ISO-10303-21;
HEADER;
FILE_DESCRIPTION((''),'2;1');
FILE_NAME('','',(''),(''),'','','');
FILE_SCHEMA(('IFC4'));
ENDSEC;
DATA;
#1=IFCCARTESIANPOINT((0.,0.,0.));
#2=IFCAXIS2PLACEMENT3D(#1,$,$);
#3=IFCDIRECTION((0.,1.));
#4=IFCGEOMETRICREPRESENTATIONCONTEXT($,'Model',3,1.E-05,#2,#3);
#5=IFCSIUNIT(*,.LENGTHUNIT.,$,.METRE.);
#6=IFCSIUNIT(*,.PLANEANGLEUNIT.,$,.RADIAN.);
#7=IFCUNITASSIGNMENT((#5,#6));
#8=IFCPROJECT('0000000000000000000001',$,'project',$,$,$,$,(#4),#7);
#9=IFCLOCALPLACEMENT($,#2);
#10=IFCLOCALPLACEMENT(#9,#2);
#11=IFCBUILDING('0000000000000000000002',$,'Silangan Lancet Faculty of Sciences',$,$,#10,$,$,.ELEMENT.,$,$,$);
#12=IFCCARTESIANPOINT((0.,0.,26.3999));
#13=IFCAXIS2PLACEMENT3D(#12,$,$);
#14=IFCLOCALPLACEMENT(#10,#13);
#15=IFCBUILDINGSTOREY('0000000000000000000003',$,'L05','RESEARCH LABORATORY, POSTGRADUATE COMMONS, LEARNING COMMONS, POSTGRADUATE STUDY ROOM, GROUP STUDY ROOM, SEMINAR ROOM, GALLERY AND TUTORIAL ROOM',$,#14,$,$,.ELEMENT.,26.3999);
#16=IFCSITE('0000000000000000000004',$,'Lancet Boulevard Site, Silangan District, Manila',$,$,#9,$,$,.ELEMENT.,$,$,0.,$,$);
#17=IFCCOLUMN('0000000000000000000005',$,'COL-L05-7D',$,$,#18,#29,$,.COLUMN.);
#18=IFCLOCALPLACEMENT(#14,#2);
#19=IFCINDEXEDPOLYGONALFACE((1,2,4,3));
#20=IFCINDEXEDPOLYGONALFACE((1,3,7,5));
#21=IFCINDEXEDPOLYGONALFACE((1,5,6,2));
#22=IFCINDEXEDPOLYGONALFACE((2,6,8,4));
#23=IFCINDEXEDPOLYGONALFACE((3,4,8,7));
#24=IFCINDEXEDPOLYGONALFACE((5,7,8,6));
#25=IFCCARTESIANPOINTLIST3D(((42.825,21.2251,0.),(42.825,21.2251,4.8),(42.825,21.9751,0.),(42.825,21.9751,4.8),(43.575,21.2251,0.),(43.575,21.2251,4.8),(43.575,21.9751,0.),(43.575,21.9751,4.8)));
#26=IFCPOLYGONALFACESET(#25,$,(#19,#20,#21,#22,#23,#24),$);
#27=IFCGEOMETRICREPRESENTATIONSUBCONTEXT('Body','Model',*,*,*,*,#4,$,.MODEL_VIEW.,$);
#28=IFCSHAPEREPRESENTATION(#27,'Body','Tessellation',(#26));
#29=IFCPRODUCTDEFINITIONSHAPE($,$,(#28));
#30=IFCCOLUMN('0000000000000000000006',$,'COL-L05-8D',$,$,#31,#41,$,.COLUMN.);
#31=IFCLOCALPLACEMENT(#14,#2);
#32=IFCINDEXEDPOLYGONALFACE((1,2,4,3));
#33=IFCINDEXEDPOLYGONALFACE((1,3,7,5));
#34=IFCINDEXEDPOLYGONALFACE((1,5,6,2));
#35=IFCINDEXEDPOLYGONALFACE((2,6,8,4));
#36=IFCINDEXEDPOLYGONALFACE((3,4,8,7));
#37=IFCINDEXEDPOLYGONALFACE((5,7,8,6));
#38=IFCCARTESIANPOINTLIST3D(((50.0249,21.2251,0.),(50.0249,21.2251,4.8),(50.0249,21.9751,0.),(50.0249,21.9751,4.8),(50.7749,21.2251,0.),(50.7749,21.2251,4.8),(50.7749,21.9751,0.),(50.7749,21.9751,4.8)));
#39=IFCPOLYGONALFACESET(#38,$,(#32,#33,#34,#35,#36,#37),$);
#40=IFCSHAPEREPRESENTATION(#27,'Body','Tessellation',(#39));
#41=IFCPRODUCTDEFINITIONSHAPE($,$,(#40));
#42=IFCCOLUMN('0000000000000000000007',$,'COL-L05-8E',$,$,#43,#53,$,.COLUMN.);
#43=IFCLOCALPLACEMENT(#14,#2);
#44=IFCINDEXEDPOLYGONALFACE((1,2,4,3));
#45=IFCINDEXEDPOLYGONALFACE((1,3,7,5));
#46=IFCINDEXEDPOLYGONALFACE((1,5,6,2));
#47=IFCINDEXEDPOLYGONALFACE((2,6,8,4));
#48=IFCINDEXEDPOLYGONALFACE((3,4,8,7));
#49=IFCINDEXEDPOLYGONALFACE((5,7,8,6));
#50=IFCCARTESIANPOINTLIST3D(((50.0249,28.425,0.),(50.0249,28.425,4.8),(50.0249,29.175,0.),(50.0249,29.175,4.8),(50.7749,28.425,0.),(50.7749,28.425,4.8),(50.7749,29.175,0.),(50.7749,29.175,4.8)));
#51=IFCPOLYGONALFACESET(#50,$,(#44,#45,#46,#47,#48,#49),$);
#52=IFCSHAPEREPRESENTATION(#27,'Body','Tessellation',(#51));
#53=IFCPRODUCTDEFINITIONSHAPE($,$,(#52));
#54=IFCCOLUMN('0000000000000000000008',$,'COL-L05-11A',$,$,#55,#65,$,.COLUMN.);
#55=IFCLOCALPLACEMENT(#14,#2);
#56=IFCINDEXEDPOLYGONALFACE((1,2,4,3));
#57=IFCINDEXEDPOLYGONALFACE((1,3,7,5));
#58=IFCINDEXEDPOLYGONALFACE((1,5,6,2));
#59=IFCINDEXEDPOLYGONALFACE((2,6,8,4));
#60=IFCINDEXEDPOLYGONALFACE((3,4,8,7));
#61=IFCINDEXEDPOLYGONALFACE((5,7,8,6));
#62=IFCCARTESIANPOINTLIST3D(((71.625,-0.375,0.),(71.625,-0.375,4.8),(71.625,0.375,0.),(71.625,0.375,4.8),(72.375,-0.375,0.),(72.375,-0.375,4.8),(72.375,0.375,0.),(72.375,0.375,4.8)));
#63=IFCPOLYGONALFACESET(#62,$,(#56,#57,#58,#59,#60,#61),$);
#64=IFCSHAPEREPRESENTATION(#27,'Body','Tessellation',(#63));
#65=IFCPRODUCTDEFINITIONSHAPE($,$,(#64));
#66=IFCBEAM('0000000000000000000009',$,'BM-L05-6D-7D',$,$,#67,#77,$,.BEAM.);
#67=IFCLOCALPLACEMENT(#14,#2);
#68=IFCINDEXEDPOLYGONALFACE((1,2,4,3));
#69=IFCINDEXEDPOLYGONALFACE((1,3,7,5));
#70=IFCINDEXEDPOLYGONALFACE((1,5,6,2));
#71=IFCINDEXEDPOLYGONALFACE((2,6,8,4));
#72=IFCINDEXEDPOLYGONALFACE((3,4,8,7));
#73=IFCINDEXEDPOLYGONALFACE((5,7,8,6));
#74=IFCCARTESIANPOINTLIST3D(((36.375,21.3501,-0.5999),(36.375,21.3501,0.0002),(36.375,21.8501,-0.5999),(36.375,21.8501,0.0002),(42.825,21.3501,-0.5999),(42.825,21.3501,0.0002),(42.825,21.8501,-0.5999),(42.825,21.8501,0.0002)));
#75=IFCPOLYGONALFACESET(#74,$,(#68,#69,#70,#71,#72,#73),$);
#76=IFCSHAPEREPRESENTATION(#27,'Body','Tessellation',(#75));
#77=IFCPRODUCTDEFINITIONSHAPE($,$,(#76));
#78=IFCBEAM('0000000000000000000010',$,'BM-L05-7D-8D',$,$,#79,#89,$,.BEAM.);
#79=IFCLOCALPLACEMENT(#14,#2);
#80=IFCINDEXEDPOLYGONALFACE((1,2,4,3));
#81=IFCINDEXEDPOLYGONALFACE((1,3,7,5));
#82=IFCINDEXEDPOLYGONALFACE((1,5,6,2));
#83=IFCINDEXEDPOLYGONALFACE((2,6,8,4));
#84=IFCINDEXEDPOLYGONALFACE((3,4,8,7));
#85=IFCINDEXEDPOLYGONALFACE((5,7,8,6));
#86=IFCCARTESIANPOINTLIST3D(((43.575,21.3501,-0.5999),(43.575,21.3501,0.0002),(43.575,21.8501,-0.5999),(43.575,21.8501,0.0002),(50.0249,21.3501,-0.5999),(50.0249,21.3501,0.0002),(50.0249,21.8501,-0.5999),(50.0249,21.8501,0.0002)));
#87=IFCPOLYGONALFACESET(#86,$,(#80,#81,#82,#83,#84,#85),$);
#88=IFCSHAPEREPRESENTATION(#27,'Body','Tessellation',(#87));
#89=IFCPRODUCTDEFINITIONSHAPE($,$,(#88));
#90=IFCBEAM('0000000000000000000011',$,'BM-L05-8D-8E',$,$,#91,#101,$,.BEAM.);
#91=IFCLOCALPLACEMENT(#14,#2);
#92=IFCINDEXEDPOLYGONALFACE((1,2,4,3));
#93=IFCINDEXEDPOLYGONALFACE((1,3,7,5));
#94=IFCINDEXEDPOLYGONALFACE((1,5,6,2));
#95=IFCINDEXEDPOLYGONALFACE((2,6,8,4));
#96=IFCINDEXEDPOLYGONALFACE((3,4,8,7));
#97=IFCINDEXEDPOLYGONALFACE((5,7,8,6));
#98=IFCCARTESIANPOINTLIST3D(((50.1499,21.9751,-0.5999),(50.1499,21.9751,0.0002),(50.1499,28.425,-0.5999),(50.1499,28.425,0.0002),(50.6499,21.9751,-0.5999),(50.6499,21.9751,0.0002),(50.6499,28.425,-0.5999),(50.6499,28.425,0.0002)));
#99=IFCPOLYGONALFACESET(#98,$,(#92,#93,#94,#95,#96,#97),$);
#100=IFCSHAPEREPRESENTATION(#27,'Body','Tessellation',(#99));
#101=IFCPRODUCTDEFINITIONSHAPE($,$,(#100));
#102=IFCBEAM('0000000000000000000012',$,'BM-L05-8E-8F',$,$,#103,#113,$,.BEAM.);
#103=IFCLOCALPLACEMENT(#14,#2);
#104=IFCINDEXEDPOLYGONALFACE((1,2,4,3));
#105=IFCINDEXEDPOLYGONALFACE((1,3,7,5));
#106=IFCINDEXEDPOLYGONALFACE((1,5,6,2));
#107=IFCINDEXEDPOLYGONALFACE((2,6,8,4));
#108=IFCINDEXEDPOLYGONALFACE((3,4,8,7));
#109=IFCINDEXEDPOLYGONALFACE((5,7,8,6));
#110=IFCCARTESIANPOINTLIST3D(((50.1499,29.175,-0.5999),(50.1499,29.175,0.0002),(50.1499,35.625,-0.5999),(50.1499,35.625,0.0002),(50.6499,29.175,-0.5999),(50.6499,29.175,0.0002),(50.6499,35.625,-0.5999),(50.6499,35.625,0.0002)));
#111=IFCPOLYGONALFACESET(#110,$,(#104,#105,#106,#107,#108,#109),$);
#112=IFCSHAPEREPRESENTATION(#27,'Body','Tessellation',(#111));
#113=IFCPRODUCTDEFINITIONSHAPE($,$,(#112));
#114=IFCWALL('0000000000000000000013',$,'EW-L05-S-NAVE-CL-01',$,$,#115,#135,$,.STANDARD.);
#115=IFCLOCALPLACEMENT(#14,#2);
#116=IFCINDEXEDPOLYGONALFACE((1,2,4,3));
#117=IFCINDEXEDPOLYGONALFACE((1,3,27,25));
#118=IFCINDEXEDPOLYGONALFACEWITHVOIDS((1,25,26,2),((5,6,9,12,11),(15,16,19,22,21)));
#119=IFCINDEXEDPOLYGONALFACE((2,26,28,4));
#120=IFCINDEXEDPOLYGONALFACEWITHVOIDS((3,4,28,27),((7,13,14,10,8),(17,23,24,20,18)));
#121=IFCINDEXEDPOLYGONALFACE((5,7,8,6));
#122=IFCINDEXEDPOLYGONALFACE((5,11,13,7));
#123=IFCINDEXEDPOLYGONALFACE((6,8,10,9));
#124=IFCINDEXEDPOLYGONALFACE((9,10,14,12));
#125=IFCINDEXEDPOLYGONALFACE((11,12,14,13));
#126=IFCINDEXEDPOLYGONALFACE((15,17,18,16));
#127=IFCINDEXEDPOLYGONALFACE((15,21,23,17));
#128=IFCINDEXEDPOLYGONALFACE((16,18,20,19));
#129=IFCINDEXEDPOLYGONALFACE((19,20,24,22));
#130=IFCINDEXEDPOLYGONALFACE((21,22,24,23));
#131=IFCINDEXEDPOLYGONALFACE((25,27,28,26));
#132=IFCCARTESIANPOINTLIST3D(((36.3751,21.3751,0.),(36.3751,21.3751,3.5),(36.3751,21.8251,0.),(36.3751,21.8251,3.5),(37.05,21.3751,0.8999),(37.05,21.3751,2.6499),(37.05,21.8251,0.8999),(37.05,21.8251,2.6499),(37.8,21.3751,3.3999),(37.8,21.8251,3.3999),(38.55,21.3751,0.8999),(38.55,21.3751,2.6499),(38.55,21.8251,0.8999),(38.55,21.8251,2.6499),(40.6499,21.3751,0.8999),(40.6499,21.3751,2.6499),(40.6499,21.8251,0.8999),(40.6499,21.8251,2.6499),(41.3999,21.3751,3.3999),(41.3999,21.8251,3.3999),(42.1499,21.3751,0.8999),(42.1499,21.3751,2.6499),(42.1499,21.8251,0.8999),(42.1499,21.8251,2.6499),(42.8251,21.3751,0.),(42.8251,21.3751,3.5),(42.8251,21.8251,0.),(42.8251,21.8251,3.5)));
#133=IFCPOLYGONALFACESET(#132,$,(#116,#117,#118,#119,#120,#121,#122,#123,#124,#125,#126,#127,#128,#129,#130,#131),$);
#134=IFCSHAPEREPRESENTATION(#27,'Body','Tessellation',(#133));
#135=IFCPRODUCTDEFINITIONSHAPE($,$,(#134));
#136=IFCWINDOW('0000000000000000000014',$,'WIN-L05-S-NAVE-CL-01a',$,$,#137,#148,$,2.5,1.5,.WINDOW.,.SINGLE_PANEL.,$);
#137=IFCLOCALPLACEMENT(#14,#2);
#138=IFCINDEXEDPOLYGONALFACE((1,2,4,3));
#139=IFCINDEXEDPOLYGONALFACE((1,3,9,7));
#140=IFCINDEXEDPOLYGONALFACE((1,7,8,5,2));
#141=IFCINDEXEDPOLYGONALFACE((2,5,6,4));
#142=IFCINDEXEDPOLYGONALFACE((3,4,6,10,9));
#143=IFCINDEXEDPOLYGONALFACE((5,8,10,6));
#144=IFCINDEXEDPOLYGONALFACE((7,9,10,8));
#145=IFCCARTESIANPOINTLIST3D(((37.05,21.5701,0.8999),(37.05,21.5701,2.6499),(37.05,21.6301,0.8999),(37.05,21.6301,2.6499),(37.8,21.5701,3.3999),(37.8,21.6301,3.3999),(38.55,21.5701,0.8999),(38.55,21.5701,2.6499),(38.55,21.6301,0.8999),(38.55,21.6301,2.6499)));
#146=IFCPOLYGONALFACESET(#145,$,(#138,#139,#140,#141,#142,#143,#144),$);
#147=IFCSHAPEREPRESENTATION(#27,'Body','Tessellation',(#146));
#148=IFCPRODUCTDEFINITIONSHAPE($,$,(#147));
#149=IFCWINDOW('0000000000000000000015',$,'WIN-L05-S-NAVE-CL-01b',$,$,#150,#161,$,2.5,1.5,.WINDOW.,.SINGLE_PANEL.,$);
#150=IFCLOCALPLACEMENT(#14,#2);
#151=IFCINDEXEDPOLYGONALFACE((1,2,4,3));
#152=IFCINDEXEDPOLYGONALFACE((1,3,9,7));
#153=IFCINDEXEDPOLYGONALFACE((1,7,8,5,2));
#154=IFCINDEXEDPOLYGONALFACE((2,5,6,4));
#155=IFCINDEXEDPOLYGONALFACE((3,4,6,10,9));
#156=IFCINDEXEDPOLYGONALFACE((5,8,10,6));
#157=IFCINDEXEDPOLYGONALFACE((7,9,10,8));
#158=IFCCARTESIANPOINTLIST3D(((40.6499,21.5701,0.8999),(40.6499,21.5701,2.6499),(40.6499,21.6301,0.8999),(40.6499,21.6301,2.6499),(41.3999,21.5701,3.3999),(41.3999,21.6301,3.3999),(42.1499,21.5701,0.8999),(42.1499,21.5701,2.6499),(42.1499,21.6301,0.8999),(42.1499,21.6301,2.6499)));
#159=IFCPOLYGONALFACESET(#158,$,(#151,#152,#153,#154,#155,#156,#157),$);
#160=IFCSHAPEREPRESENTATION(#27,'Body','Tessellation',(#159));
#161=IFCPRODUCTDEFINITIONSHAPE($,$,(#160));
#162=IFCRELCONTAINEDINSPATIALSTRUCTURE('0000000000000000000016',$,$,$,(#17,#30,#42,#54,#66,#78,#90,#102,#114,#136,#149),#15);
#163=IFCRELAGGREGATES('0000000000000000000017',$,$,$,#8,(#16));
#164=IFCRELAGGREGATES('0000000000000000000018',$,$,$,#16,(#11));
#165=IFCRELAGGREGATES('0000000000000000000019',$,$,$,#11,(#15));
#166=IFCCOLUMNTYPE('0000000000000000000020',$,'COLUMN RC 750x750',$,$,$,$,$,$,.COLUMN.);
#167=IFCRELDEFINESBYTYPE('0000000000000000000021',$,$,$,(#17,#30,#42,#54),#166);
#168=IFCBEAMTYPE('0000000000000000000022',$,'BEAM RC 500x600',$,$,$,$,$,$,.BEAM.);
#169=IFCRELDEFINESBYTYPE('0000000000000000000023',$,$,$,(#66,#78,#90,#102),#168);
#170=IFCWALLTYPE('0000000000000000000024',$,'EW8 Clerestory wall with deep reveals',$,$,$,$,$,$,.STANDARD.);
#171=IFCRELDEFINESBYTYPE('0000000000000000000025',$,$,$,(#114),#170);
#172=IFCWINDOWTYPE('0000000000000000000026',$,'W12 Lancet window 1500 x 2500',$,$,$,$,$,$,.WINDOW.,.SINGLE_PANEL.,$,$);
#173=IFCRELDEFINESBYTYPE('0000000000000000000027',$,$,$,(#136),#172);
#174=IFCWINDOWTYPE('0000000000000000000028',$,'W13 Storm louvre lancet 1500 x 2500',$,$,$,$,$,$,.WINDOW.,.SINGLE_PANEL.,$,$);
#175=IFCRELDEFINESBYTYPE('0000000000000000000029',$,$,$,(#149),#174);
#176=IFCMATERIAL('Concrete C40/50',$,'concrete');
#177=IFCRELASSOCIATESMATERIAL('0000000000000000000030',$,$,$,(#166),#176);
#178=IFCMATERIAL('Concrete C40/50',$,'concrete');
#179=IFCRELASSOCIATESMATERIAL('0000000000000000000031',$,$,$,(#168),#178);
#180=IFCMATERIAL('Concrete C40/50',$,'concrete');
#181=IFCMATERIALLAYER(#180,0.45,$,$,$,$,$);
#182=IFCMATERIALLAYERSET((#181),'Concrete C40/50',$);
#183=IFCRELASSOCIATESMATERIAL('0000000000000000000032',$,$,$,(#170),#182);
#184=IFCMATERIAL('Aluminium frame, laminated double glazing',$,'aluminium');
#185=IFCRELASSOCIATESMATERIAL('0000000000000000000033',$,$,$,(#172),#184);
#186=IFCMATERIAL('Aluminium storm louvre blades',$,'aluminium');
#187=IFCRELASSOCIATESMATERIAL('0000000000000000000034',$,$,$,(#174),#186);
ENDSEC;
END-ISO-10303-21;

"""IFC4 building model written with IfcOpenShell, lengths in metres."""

from ifc_helpers import new_model, si_unit, direction, frame, frame_2d, origin, origin_2d, place, context, subcontext, project, spatial, polyline, rectangle, outline, extrude, material, layer, layer_set, material_profile, profile_set, type_object, element, fill, save


model = new_model("IFC4")

# Units and contexts
model_context = context("Model", 3, precision=1e-05, world=origin(), true_north=direction((0.0, 1.0)))
body_context = subcontext(model_context, "Body", "Model", "MODEL_VIEW")
ifc_project = project(units=[si_unit("LENGTHUNIT", "METRE"), si_unit("PLANEANGLEUNIT", "RADIAN")], contexts=[model_context])

# Site, building, storey
site_placement = place(None, origin())
site = spatial("IfcSite", under=ifc_project, at=site_placement, Name="Lancet Boulevard Site, Silangan District, Manila", CompositionType="ELEMENT", RefElevation=0.0)
building_placement = place(site_placement, origin())
building = spatial("IfcBuilding", under=site, at=building_placement, Name="Silangan Lancet Faculty of Sciences", CompositionType="ELEMENT")
storey_placement = place(building_placement, frame((0.0, 0.0, 26.3999)))
storey = spatial("IfcBuildingStorey", under=building, at=storey_placement, Name="L05", Description="RESEARCH LABORATORY, POSTGRADUATE COMMONS, LEARNING COMMONS, POSTGRADUATE STUDY ROOM, GROUP STUDY ROOM, SEMINAR ROOM, GALLERY AND TUTORIAL ROOM", CompositionType="ELEMENT", Elevation=26.3999)

# Columns
ifc_material_1 = material(Name="Concrete C40/50", Category="concrete")
ifc_material_profile_1 = material_profile(ifc_material_1, rectangle(XDim=0.75, YDim=0.75, at=origin_2d()), Name="RC 750x750")
ifc_profile_set_1 = profile_set([ifc_material_profile_1], Name="Concrete C40/50")
column_type = type_object("IfcColumnType", Name="COLUMN RC 750x750", PredefinedType="COLUMN", material=ifc_profile_set_1)
for number, where, z_axis, x_axis, name in (
    (1, (43.2, 21.6001, 0.0), (0.0, 0.0, 1.0), (1.0, 0.0, 0.0), "COL-L05-7D"),
    (2, (50.3999, 21.6001, 0.0), (0.0, 0.0, 1.0), (1.0, 0.0, 0.0), "COL-L05-8D"),
    (3, (50.3999, 28.8, 0.0), (0.0, 0.0, 1.0), (1.0, 0.0, 0.0), "COL-L05-8E"),
    (4, (72.0, 0.0, 0.0), (0.0, 0.0, 1.0), (1.0, 0.0, 0.0), "COL-L05-11A"),
):
    element("IfcColumn", number, at=place(storey_placement, frame(where, z_axis=z_axis, x_axis=x_axis)), inside=storey, type_object=column_type, Name=name, PredefinedType="COLUMN", context=body_context, shape_type="SweptSolid", body=[
        extrude(rectangle(XDim=0.75, YDim=0.75, at=origin_2d()), origin(), (0.0, 0.0, 1.0), 4.8),
    ])

# Beams
ifc_material_2 = material(Name="Concrete C40/50", Category="concrete")
ifc_material_profile_2 = material_profile(ifc_material_2, rectangle(XDim=0.5, YDim=0.6001, at=origin_2d()), Name="RC 500x600")
ifc_profile_set_2 = profile_set([ifc_material_profile_2], Name="Concrete C40/50")
beam_type = type_object("IfcBeamType", Name="BEAM RC 500x600", PredefinedType="BEAM", material=ifc_profile_set_2)
for number, where, z_axis, x_axis, name in (
    (5, (36.375, 21.6001, -0.2998), (1.0, 0.0, 0.0), (0.0, 1.0, 0.0), "BM-L05-6D-7D"),
    (6, (43.575, 21.6001, -0.2998), (1.0, 0.0, 0.0), (0.0, 1.0, 0.0), "BM-L05-7D-8D"),
    (7, (50.3999, 21.9751, -0.2998), (0.0, 1.0, 0.0), (-1.0, 0.0, 0.0), "BM-L05-8D-8E"),
    (8, (50.3999, 29.175, -0.2998), (0.0, 1.0, 0.0), (-1.0, 0.0, 0.0), "BM-L05-8E-8F"),
):
    element("IfcBeam", number, at=place(storey_placement, frame(where, z_axis=z_axis, x_axis=x_axis)), inside=storey, type_object=beam_type, Name=name, PredefinedType="BEAM", context=body_context, shape_type="SweptSolid", body=[
        extrude(rectangle(XDim=0.5, YDim=0.6001, at=origin_2d()), origin(), (0.0, 0.0, 1.0), 6.45),
    ])

# Wall, openings, windows
ifc_material_3 = material(Name="Concrete C40/50", Category="concrete")
ifc_layer = layer(ifc_material_3, 0.45)
ifc_layer_set = layer_set([ifc_layer], Name="Concrete C40/50")
wall_type = type_object("IfcWallType", Name="EW8 Clerestory wall with deep reveals", PredefinedType="STANDARD", material=ifc_layer_set)
wall_1_placement = place(storey_placement, frame((36.375, 21.6001, 0.0), z_axis=(0.0, 0.0, 1.0), x_axis=(1.0, 0.0, 0.0)))
wall_1 = element("IfcWall", 9, at=wall_1_placement, inside=storey, type_object=wall_type, Name="EW-L05-S-NAVE-CL-01", PredefinedType="STANDARD", context=body_context, shape_type="SweptSolid", body=[
    extrude(rectangle(XDim=6.45, YDim=0.45, at=frame_2d((3.2251, 0.0))), origin(), (0.0, 0.0, 1.0), 3.5),
])
opening_1_placement = place(wall_1_placement, frame((0.675, 0.0, 0.8999)))
opening_1 = element("IfcOpeningElement", 10, at=opening_1_placement, cuts=wall_1, PredefinedType="OPENING", context=body_context, shape_type="SweptSolid", body=[
    extrude(outline(polyline([(0.0, 0.0), (1.5, 0.0), (1.5, 1.75), (0.75, 2.5), (0.0, 1.75), (0.0, 0.0)])), frame((0.0, 0.2349, 0.0), z_axis=(0.0, -1.0, 0.0), x_axis=(1.0, 0.0, 0.0)), (0.0, 0.0, 1.0), 0.47),
])
opening_2_placement = place(wall_1_placement, frame((4.2749, 0.0, 0.8999)))
opening_2 = element("IfcOpeningElement", 11, at=opening_2_placement, cuts=wall_1, PredefinedType="OPENING", context=body_context, shape_type="SweptSolid", body=[
    extrude(outline(polyline([(0.0, 0.0), (1.5, 0.0), (1.5, 1.75), (0.75, 2.5), (0.0, 1.75), (0.0, 0.0)])), frame((0.0, 0.2349, 0.0), z_axis=(0.0, -1.0, 0.0), x_axis=(1.0, 0.0, 0.0)), (0.0, 0.0, 1.0), 0.47),
])
ifc_material_4 = material(Name="Aluminium frame, laminated double glazing", Category="aluminium")
window_type_1 = type_object("IfcWindowType", Name="W12 Lancet window 1500 x 2500", PartitioningType="SINGLE_PANEL", PredefinedType="WINDOW", material=ifc_material_4)
window_1_placement = place(opening_1_placement, origin())
window_1 = element("IfcWindow", 12, at=window_1_placement, inside=storey, type_object=window_type_1, Name="WIN-L05-S-NAVE-CL-01a", OverallHeight=2.5, OverallWidth=1.5, PartitioningType="SINGLE_PANEL", PredefinedType="WINDOW", context=body_context, shape_type="SweptSolid", body=[
    extrude(outline(polyline([(0.0, 0.0), (1.5, 0.0), (1.5, 1.75), (0.75, 2.5), (0.0, 1.75), (0.0, 0.0)])), frame((0.0, 0.03, 0.0), z_axis=(0.0, -1.0, 0.0), x_axis=(1.0, 0.0, 0.0)), (0.0, 0.0, 1.0), 0.0601),
])
fill(opening_1, window_1)
ifc_material_5 = material(Name="Aluminium storm louvre blades", Category="aluminium")
window_type_2 = type_object("IfcWindowType", Name="W13 Storm louvre lancet 1500 x 2500", PartitioningType="SINGLE_PANEL", PredefinedType="WINDOW", material=ifc_material_5)
window_2_placement = place(opening_2_placement, origin())
window_2 = element("IfcWindow", 13, at=window_2_placement, inside=storey, type_object=window_type_2, Name="WIN-L05-S-NAVE-CL-01b", OverallHeight=2.5, OverallWidth=1.5, PartitioningType="SINGLE_PANEL", PredefinedType="WINDOW", context=body_context, shape_type="SweptSolid", body=[
    extrude(outline(polyline([(0.0, 0.0), (1.5, 0.0), (1.5, 1.75), (0.75, 2.5), (0.0, 1.75), (0.0, 0.0)])), frame((0.0, 0.03, 0.0), z_axis=(0.0, -1.0, 0.0), x_axis=(1.0, 0.0, 0.0)), (0.0, 0.0, 1.0), 0.0601),
])
fill(opening_2, window_2)

save(model, "model.ifc")
